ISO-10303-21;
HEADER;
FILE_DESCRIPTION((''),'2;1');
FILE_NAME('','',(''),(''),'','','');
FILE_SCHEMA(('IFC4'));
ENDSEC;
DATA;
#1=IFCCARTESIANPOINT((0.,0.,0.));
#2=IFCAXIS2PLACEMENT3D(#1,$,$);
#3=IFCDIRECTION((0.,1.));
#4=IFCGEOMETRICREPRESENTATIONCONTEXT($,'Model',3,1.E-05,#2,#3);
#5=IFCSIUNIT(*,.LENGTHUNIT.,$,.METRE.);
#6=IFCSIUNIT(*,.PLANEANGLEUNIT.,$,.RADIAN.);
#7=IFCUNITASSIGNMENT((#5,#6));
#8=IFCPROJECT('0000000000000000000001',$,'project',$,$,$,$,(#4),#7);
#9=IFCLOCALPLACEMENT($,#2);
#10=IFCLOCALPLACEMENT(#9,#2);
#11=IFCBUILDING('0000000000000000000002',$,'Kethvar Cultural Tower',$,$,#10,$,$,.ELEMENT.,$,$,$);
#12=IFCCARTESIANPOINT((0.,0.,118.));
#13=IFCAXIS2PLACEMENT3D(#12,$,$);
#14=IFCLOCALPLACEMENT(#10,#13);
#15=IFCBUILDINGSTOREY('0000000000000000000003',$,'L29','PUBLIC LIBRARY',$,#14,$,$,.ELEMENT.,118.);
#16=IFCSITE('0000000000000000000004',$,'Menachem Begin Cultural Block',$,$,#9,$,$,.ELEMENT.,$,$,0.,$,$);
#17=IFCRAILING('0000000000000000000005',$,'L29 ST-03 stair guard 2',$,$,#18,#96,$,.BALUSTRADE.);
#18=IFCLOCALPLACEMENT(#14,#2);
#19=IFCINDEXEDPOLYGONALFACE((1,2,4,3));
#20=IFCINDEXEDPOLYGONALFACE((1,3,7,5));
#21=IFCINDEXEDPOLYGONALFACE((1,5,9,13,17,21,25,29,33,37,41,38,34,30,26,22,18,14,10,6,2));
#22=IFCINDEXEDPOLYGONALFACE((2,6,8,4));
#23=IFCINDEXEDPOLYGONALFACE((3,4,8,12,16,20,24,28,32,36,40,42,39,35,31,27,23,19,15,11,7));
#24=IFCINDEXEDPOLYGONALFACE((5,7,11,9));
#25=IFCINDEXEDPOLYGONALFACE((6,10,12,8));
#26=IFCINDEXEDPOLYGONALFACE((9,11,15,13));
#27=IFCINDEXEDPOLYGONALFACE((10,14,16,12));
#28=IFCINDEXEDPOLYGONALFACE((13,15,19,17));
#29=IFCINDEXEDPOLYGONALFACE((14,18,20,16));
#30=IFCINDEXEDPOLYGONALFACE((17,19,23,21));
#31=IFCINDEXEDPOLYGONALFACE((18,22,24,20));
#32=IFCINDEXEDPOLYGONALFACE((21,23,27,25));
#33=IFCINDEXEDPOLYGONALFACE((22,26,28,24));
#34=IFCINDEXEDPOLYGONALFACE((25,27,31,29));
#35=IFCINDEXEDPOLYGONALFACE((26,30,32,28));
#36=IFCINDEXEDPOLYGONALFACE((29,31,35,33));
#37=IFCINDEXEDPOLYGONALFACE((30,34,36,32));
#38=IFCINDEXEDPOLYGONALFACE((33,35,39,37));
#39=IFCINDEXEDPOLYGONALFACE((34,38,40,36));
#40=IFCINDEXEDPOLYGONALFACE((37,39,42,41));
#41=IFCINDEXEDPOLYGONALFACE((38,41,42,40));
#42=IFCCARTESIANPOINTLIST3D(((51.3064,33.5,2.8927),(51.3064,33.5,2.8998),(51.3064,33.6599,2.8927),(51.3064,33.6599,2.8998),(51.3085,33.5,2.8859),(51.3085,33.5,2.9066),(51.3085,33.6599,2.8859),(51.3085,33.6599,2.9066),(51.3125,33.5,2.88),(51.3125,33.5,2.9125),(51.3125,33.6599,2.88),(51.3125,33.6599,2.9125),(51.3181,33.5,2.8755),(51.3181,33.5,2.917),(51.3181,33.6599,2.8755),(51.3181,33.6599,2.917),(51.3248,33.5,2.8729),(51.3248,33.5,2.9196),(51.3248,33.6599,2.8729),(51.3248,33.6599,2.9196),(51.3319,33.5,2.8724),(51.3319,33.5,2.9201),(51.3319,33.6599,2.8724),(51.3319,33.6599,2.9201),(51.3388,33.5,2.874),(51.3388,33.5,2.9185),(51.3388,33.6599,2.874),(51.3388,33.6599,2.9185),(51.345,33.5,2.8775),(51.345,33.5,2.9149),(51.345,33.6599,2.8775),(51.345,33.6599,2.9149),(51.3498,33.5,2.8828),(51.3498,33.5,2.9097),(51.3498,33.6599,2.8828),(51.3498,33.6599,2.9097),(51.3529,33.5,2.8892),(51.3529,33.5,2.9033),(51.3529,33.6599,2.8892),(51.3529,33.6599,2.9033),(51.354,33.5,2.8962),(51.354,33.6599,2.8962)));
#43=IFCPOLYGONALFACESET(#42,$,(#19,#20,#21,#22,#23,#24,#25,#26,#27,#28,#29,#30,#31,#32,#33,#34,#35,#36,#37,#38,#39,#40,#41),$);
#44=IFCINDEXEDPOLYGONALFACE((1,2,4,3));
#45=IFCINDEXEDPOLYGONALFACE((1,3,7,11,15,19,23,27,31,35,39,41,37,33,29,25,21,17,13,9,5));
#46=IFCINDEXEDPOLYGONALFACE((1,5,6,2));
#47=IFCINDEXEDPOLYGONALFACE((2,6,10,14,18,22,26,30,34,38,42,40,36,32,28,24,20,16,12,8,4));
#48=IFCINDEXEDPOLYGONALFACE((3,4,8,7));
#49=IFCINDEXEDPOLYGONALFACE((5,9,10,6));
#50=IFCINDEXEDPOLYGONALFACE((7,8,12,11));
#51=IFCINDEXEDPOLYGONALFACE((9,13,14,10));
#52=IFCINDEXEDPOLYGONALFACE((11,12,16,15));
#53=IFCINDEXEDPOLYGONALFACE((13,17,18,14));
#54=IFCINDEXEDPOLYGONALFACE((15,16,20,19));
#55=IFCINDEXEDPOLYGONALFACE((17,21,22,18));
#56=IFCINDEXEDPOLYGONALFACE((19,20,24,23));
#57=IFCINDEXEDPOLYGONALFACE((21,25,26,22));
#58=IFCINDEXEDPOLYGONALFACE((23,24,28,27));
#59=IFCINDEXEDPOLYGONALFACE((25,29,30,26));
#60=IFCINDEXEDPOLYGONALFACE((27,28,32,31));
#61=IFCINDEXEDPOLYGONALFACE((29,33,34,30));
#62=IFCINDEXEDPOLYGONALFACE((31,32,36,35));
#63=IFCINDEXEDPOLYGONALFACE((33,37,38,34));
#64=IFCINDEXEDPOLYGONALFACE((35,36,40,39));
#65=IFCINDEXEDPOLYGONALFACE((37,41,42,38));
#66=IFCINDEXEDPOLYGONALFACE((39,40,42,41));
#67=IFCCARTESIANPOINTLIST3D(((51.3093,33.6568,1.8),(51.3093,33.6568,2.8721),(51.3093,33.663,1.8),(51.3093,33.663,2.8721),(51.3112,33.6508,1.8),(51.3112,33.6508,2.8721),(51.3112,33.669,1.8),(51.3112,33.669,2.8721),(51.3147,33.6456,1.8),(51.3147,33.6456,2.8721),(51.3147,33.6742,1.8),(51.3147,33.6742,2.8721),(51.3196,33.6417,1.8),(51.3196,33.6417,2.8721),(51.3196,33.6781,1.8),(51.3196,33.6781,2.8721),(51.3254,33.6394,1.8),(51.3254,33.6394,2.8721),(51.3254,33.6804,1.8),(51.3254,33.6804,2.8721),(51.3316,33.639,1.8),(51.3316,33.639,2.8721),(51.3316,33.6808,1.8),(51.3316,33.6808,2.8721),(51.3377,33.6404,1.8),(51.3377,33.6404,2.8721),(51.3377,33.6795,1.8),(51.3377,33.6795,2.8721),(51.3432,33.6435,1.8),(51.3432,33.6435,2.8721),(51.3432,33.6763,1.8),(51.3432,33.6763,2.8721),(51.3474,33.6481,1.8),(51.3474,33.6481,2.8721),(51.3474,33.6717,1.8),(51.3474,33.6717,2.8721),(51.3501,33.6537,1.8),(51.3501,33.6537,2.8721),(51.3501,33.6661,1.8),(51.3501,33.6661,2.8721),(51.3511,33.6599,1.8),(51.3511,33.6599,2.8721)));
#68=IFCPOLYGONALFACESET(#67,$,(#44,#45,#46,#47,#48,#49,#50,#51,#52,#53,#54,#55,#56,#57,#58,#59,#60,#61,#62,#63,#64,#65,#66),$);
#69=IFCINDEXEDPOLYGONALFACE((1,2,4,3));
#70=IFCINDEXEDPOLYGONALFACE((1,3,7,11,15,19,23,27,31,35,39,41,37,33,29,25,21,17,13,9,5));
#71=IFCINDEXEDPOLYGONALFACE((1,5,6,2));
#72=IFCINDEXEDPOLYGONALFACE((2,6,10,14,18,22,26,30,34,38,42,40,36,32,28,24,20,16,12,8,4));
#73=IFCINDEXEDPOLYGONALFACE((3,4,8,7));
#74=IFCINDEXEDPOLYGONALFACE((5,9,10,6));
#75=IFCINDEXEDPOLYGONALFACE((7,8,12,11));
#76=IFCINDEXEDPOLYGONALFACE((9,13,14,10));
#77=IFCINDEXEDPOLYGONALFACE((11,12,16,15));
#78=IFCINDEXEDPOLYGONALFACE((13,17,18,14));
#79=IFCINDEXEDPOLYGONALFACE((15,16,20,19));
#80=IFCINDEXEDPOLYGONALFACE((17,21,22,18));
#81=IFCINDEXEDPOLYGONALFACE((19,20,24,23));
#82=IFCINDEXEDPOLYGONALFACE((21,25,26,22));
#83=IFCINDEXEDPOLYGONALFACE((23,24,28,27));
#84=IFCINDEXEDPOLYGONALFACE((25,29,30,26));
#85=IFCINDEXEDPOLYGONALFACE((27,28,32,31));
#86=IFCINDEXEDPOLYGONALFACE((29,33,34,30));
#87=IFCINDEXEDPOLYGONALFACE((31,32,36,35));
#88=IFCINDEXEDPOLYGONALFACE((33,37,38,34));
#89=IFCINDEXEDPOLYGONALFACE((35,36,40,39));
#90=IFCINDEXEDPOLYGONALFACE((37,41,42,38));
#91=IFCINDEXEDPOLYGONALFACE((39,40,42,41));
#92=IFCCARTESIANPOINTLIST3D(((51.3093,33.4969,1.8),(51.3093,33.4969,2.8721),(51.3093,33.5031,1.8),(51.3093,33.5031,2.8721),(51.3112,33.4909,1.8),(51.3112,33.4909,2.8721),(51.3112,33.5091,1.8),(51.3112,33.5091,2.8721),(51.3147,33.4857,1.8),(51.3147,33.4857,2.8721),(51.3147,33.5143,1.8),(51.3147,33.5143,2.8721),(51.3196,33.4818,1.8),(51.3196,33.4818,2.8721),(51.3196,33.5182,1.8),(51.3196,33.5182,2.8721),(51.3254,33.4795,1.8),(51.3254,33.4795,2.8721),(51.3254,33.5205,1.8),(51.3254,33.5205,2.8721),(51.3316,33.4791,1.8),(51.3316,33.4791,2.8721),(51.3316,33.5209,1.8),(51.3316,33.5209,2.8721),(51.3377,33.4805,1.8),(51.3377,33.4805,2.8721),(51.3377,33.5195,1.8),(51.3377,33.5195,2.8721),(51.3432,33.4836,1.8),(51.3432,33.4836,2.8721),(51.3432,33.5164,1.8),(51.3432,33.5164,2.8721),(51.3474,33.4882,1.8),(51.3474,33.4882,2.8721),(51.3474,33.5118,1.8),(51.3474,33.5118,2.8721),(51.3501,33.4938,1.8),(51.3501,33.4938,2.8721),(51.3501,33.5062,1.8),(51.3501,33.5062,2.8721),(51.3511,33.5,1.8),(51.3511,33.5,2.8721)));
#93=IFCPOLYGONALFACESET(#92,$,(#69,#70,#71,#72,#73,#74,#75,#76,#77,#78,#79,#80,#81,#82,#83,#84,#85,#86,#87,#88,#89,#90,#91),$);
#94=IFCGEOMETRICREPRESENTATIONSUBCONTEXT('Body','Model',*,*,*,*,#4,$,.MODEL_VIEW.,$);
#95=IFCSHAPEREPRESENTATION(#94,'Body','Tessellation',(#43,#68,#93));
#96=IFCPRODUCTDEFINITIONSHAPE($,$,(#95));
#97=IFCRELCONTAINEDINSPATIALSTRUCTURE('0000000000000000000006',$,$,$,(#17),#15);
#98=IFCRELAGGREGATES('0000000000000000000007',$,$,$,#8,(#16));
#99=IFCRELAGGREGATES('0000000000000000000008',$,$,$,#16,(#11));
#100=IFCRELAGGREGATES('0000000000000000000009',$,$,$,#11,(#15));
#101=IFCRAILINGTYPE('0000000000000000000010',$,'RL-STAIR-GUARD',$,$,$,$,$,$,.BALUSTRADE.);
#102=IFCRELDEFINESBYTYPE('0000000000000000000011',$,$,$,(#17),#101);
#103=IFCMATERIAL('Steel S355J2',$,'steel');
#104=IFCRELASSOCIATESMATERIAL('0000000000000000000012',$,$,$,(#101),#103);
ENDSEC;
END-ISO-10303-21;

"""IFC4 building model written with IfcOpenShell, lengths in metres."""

from ifc_helpers import new_model, si_unit, direction, frame, origin, origin_2d, place, context, subcontext, project, spatial, circle, extrude, material, type_object, element, save


model = new_model("IFC4")

# Units and contexts
model_context = context("Model", 3, precision=1e-05, world=origin(), true_north=direction((0.0, 1.0)))
body_context = subcontext(model_context, "Body", "Model", "MODEL_VIEW")
ifc_project = project(units=[si_unit("LENGTHUNIT", "METRE"), si_unit("PLANEANGLEUNIT", "RADIAN")], contexts=[model_context])

# Site, building, storey
site_placement = place(None, origin())
site = spatial("IfcSite", under=ifc_project, at=site_placement, Name="Menachem Begin Cultural Block", CompositionType="ELEMENT", RefElevation=0.0)
building_placement = place(site_placement, origin())
building = spatial("IfcBuilding", under=site, at=building_placement, Name="Kethvar Cultural Tower", CompositionType="ELEMENT")
storey_placement = place(building_placement, frame((0.0, 0.0, 118.0)))
storey = spatial("IfcBuildingStorey", under=building, at=storey_placement, Name="L29", Description="PUBLIC LIBRARY", CompositionType="ELEMENT", Elevation=118.0)

# Shared definitions
ifc_material_1 = material(Name="Steel S355J2", Category="steel")

# Railing
railing_type_1 = type_object("IfcRailingType", Name="RL-STAIR-GUARD", PredefinedType="BALUSTRADE", material=ifc_material_1)
railing_1_placement = place(storey_placement, frame((51.3301, 33.6599, 1.8)))
element("IfcRailing", 1, at=railing_1_placement, inside=storey, type_object=railing_type_1, Name="L29 ST-03 stair guard 2", PredefinedType="BALUSTRADE", context=body_context, shape_type="SweptSolid", body=[
    extrude(circle(Radius=0.0239, at=origin_2d()), frame((0.0, 0.0, 1.0962), z_axis=(0.0, -1.0, 0.0), x_axis=(1.0, 0.0, 0.0)), (0.0, 0.0, 1.0), 0.1599),
    extrude(circle(Radius=0.021, at=origin_2d()), origin(), (0.0, 0.0, 1.0), 1.072),
    extrude(circle(Radius=0.021, at=origin_2d()), frame((0.0, -0.1599, 0.0)), (0.0, 0.0, 1.0), 1.072),
])

save(model, "model.ifc")
